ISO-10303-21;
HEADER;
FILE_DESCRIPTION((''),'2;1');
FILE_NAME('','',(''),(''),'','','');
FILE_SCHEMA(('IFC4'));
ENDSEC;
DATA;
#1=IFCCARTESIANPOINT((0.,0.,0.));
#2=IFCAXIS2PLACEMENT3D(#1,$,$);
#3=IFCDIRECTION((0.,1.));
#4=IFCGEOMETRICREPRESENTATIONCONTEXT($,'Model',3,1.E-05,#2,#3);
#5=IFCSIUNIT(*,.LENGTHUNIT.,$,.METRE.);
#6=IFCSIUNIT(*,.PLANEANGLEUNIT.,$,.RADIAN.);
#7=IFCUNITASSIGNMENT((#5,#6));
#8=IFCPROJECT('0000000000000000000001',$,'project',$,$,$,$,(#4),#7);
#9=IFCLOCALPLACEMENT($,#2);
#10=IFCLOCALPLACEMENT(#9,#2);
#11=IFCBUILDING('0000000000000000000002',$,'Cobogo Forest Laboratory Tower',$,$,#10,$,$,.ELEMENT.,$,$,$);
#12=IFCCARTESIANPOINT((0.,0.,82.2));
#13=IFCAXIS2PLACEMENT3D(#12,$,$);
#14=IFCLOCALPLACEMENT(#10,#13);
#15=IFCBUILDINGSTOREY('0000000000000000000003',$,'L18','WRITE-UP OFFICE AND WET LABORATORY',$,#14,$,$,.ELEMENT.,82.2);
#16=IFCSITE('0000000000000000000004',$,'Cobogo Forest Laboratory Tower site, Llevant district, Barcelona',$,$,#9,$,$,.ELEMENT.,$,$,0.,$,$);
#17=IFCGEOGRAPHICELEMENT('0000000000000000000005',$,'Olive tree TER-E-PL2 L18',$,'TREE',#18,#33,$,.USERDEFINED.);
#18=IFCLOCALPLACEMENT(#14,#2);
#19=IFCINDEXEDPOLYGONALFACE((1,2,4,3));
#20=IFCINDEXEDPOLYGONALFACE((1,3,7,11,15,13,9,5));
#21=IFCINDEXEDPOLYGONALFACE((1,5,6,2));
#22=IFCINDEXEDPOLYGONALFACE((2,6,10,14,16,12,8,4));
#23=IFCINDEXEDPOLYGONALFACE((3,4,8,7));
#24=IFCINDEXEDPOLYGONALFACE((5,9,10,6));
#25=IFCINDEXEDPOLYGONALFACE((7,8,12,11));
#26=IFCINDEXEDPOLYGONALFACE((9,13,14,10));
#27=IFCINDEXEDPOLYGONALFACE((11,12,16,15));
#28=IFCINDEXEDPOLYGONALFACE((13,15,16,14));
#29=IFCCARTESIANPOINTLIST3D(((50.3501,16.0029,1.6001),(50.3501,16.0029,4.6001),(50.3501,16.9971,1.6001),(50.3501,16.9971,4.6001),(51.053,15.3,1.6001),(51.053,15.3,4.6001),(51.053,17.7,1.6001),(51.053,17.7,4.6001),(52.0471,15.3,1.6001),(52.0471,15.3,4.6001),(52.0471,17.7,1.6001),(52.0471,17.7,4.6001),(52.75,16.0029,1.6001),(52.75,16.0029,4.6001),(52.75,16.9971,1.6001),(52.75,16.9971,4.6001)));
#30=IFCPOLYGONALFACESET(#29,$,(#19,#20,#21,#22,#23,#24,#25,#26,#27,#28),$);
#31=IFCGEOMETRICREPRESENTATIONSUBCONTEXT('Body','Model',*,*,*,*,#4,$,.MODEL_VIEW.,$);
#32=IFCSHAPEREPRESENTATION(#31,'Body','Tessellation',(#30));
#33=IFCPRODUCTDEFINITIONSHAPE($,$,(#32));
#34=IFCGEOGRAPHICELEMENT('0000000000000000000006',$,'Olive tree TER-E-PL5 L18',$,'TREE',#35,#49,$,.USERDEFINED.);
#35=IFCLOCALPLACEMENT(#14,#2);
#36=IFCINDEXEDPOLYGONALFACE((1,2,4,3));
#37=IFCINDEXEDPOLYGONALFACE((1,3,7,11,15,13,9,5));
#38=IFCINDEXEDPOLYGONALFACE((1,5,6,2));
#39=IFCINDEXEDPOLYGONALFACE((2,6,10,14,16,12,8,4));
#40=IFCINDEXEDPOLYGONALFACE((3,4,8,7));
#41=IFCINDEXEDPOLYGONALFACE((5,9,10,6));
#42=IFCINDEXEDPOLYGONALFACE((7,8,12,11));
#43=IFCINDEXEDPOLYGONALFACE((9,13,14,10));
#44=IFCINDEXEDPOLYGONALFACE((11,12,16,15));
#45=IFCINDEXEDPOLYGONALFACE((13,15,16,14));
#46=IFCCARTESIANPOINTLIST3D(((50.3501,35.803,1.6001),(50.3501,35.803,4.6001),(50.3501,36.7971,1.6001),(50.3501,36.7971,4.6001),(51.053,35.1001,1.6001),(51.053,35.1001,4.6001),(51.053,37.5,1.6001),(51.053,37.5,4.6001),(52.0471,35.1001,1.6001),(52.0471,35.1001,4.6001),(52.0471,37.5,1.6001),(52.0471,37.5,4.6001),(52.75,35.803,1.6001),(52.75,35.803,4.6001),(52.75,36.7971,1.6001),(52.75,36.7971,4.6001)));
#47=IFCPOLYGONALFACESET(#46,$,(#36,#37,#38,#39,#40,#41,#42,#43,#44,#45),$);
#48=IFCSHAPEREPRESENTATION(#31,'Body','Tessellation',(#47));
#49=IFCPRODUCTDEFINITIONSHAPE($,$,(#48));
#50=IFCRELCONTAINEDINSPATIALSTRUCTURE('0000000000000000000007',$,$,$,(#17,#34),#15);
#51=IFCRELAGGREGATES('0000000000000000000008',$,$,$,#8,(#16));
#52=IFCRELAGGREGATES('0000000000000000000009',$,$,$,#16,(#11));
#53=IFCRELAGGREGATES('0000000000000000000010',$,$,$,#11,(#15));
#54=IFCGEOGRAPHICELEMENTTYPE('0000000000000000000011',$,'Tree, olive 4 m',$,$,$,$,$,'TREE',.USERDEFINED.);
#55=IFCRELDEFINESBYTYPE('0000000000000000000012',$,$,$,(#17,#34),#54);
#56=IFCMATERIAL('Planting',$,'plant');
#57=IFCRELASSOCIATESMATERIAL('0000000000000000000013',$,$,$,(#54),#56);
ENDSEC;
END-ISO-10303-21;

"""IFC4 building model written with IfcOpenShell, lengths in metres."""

from ifc_helpers import new_model, si_unit, direction, frame, origin, place, context, subcontext, project, spatial, polyline, outline, extrude, material, type_object, element, save


model = new_model("IFC4")

# Units and contexts
model_context = context("Model", 3, precision=1e-05, world=origin(), true_north=direction((0.0, 1.0)))
body_context = subcontext(model_context, "Body", "Model", "MODEL_VIEW")
ifc_project = project(units=[si_unit("LENGTHUNIT", "METRE"), si_unit("PLANEANGLEUNIT", "RADIAN")], contexts=[model_context])

# Site, building, storey
site_placement = place(None, origin())
site = spatial("IfcSite", under=ifc_project, at=site_placement, Name="Cobogo Forest Laboratory Tower site, Llevant district, Barcelona", CompositionType="ELEMENT", RefElevation=0.0)
building_placement = place(site_placement, origin())
building = spatial("IfcBuilding", under=site, at=building_placement, Name="Cobogo Forest Laboratory Tower", CompositionType="ELEMENT")
storey_placement = place(building_placement, frame((0.0, 0.0, 82.2)))
storey = spatial("IfcBuildingStorey", under=building, at=storey_placement, Name="L18", Description="WRITE-UP OFFICE AND WET LABORATORY", CompositionType="ELEMENT", Elevation=82.2)

# Geographic elements
ifc_material_1 = material(Name="Planting", Category="plant")
geographic_element_type = type_object("IfcGeographicElementType", Name="Tree, olive 4 m", ElementType="TREE", PredefinedType="USERDEFINED", material=ifc_material_1)
geographic_element_1_placement = place(storey_placement, frame((0.0, 0.0, 1.6001)))
element("IfcGeographicElement", 1, at=geographic_element_1_placement, inside=storey, type_object=geographic_element_type, Name="Olive tree TER-E-PL2 L18", ObjectType="TREE", PredefinedType="USERDEFINED", context=body_context, shape_type="SweptSolid", body=[
    extrude(outline(polyline([(52.75, 16.0029), (52.75, 16.9971), (52.0471, 17.7), (51.053, 17.7), (50.3501, 16.9971), (50.3501, 16.0029), (51.053, 15.3), (52.0471, 15.3), (52.75, 16.0029)])), origin(), (0.0, 0.0, 1.0), 3.0),
])
geographic_element_2_placement = place(storey_placement, frame((0.0, 0.0, 1.6001)))
element("IfcGeographicElement", 2, at=geographic_element_2_placement, inside=storey, type_object=geographic_element_type, Name="Olive tree TER-E-PL5 L18", ObjectType="TREE", PredefinedType="USERDEFINED", context=body_context, shape_type="SweptSolid", body=[
    extrude(outline(polyline([(52.75, 35.803), (52.75, 36.7971), (52.0471, 37.5), (51.053, 37.5), (50.3501, 36.7971), (50.3501, 35.803), (51.053, 35.1001), (52.0471, 35.1001), (52.75, 35.803)])), origin(), (0.0, 0.0, 1.0), 3.0),
])

save(model, "model.ifc")
